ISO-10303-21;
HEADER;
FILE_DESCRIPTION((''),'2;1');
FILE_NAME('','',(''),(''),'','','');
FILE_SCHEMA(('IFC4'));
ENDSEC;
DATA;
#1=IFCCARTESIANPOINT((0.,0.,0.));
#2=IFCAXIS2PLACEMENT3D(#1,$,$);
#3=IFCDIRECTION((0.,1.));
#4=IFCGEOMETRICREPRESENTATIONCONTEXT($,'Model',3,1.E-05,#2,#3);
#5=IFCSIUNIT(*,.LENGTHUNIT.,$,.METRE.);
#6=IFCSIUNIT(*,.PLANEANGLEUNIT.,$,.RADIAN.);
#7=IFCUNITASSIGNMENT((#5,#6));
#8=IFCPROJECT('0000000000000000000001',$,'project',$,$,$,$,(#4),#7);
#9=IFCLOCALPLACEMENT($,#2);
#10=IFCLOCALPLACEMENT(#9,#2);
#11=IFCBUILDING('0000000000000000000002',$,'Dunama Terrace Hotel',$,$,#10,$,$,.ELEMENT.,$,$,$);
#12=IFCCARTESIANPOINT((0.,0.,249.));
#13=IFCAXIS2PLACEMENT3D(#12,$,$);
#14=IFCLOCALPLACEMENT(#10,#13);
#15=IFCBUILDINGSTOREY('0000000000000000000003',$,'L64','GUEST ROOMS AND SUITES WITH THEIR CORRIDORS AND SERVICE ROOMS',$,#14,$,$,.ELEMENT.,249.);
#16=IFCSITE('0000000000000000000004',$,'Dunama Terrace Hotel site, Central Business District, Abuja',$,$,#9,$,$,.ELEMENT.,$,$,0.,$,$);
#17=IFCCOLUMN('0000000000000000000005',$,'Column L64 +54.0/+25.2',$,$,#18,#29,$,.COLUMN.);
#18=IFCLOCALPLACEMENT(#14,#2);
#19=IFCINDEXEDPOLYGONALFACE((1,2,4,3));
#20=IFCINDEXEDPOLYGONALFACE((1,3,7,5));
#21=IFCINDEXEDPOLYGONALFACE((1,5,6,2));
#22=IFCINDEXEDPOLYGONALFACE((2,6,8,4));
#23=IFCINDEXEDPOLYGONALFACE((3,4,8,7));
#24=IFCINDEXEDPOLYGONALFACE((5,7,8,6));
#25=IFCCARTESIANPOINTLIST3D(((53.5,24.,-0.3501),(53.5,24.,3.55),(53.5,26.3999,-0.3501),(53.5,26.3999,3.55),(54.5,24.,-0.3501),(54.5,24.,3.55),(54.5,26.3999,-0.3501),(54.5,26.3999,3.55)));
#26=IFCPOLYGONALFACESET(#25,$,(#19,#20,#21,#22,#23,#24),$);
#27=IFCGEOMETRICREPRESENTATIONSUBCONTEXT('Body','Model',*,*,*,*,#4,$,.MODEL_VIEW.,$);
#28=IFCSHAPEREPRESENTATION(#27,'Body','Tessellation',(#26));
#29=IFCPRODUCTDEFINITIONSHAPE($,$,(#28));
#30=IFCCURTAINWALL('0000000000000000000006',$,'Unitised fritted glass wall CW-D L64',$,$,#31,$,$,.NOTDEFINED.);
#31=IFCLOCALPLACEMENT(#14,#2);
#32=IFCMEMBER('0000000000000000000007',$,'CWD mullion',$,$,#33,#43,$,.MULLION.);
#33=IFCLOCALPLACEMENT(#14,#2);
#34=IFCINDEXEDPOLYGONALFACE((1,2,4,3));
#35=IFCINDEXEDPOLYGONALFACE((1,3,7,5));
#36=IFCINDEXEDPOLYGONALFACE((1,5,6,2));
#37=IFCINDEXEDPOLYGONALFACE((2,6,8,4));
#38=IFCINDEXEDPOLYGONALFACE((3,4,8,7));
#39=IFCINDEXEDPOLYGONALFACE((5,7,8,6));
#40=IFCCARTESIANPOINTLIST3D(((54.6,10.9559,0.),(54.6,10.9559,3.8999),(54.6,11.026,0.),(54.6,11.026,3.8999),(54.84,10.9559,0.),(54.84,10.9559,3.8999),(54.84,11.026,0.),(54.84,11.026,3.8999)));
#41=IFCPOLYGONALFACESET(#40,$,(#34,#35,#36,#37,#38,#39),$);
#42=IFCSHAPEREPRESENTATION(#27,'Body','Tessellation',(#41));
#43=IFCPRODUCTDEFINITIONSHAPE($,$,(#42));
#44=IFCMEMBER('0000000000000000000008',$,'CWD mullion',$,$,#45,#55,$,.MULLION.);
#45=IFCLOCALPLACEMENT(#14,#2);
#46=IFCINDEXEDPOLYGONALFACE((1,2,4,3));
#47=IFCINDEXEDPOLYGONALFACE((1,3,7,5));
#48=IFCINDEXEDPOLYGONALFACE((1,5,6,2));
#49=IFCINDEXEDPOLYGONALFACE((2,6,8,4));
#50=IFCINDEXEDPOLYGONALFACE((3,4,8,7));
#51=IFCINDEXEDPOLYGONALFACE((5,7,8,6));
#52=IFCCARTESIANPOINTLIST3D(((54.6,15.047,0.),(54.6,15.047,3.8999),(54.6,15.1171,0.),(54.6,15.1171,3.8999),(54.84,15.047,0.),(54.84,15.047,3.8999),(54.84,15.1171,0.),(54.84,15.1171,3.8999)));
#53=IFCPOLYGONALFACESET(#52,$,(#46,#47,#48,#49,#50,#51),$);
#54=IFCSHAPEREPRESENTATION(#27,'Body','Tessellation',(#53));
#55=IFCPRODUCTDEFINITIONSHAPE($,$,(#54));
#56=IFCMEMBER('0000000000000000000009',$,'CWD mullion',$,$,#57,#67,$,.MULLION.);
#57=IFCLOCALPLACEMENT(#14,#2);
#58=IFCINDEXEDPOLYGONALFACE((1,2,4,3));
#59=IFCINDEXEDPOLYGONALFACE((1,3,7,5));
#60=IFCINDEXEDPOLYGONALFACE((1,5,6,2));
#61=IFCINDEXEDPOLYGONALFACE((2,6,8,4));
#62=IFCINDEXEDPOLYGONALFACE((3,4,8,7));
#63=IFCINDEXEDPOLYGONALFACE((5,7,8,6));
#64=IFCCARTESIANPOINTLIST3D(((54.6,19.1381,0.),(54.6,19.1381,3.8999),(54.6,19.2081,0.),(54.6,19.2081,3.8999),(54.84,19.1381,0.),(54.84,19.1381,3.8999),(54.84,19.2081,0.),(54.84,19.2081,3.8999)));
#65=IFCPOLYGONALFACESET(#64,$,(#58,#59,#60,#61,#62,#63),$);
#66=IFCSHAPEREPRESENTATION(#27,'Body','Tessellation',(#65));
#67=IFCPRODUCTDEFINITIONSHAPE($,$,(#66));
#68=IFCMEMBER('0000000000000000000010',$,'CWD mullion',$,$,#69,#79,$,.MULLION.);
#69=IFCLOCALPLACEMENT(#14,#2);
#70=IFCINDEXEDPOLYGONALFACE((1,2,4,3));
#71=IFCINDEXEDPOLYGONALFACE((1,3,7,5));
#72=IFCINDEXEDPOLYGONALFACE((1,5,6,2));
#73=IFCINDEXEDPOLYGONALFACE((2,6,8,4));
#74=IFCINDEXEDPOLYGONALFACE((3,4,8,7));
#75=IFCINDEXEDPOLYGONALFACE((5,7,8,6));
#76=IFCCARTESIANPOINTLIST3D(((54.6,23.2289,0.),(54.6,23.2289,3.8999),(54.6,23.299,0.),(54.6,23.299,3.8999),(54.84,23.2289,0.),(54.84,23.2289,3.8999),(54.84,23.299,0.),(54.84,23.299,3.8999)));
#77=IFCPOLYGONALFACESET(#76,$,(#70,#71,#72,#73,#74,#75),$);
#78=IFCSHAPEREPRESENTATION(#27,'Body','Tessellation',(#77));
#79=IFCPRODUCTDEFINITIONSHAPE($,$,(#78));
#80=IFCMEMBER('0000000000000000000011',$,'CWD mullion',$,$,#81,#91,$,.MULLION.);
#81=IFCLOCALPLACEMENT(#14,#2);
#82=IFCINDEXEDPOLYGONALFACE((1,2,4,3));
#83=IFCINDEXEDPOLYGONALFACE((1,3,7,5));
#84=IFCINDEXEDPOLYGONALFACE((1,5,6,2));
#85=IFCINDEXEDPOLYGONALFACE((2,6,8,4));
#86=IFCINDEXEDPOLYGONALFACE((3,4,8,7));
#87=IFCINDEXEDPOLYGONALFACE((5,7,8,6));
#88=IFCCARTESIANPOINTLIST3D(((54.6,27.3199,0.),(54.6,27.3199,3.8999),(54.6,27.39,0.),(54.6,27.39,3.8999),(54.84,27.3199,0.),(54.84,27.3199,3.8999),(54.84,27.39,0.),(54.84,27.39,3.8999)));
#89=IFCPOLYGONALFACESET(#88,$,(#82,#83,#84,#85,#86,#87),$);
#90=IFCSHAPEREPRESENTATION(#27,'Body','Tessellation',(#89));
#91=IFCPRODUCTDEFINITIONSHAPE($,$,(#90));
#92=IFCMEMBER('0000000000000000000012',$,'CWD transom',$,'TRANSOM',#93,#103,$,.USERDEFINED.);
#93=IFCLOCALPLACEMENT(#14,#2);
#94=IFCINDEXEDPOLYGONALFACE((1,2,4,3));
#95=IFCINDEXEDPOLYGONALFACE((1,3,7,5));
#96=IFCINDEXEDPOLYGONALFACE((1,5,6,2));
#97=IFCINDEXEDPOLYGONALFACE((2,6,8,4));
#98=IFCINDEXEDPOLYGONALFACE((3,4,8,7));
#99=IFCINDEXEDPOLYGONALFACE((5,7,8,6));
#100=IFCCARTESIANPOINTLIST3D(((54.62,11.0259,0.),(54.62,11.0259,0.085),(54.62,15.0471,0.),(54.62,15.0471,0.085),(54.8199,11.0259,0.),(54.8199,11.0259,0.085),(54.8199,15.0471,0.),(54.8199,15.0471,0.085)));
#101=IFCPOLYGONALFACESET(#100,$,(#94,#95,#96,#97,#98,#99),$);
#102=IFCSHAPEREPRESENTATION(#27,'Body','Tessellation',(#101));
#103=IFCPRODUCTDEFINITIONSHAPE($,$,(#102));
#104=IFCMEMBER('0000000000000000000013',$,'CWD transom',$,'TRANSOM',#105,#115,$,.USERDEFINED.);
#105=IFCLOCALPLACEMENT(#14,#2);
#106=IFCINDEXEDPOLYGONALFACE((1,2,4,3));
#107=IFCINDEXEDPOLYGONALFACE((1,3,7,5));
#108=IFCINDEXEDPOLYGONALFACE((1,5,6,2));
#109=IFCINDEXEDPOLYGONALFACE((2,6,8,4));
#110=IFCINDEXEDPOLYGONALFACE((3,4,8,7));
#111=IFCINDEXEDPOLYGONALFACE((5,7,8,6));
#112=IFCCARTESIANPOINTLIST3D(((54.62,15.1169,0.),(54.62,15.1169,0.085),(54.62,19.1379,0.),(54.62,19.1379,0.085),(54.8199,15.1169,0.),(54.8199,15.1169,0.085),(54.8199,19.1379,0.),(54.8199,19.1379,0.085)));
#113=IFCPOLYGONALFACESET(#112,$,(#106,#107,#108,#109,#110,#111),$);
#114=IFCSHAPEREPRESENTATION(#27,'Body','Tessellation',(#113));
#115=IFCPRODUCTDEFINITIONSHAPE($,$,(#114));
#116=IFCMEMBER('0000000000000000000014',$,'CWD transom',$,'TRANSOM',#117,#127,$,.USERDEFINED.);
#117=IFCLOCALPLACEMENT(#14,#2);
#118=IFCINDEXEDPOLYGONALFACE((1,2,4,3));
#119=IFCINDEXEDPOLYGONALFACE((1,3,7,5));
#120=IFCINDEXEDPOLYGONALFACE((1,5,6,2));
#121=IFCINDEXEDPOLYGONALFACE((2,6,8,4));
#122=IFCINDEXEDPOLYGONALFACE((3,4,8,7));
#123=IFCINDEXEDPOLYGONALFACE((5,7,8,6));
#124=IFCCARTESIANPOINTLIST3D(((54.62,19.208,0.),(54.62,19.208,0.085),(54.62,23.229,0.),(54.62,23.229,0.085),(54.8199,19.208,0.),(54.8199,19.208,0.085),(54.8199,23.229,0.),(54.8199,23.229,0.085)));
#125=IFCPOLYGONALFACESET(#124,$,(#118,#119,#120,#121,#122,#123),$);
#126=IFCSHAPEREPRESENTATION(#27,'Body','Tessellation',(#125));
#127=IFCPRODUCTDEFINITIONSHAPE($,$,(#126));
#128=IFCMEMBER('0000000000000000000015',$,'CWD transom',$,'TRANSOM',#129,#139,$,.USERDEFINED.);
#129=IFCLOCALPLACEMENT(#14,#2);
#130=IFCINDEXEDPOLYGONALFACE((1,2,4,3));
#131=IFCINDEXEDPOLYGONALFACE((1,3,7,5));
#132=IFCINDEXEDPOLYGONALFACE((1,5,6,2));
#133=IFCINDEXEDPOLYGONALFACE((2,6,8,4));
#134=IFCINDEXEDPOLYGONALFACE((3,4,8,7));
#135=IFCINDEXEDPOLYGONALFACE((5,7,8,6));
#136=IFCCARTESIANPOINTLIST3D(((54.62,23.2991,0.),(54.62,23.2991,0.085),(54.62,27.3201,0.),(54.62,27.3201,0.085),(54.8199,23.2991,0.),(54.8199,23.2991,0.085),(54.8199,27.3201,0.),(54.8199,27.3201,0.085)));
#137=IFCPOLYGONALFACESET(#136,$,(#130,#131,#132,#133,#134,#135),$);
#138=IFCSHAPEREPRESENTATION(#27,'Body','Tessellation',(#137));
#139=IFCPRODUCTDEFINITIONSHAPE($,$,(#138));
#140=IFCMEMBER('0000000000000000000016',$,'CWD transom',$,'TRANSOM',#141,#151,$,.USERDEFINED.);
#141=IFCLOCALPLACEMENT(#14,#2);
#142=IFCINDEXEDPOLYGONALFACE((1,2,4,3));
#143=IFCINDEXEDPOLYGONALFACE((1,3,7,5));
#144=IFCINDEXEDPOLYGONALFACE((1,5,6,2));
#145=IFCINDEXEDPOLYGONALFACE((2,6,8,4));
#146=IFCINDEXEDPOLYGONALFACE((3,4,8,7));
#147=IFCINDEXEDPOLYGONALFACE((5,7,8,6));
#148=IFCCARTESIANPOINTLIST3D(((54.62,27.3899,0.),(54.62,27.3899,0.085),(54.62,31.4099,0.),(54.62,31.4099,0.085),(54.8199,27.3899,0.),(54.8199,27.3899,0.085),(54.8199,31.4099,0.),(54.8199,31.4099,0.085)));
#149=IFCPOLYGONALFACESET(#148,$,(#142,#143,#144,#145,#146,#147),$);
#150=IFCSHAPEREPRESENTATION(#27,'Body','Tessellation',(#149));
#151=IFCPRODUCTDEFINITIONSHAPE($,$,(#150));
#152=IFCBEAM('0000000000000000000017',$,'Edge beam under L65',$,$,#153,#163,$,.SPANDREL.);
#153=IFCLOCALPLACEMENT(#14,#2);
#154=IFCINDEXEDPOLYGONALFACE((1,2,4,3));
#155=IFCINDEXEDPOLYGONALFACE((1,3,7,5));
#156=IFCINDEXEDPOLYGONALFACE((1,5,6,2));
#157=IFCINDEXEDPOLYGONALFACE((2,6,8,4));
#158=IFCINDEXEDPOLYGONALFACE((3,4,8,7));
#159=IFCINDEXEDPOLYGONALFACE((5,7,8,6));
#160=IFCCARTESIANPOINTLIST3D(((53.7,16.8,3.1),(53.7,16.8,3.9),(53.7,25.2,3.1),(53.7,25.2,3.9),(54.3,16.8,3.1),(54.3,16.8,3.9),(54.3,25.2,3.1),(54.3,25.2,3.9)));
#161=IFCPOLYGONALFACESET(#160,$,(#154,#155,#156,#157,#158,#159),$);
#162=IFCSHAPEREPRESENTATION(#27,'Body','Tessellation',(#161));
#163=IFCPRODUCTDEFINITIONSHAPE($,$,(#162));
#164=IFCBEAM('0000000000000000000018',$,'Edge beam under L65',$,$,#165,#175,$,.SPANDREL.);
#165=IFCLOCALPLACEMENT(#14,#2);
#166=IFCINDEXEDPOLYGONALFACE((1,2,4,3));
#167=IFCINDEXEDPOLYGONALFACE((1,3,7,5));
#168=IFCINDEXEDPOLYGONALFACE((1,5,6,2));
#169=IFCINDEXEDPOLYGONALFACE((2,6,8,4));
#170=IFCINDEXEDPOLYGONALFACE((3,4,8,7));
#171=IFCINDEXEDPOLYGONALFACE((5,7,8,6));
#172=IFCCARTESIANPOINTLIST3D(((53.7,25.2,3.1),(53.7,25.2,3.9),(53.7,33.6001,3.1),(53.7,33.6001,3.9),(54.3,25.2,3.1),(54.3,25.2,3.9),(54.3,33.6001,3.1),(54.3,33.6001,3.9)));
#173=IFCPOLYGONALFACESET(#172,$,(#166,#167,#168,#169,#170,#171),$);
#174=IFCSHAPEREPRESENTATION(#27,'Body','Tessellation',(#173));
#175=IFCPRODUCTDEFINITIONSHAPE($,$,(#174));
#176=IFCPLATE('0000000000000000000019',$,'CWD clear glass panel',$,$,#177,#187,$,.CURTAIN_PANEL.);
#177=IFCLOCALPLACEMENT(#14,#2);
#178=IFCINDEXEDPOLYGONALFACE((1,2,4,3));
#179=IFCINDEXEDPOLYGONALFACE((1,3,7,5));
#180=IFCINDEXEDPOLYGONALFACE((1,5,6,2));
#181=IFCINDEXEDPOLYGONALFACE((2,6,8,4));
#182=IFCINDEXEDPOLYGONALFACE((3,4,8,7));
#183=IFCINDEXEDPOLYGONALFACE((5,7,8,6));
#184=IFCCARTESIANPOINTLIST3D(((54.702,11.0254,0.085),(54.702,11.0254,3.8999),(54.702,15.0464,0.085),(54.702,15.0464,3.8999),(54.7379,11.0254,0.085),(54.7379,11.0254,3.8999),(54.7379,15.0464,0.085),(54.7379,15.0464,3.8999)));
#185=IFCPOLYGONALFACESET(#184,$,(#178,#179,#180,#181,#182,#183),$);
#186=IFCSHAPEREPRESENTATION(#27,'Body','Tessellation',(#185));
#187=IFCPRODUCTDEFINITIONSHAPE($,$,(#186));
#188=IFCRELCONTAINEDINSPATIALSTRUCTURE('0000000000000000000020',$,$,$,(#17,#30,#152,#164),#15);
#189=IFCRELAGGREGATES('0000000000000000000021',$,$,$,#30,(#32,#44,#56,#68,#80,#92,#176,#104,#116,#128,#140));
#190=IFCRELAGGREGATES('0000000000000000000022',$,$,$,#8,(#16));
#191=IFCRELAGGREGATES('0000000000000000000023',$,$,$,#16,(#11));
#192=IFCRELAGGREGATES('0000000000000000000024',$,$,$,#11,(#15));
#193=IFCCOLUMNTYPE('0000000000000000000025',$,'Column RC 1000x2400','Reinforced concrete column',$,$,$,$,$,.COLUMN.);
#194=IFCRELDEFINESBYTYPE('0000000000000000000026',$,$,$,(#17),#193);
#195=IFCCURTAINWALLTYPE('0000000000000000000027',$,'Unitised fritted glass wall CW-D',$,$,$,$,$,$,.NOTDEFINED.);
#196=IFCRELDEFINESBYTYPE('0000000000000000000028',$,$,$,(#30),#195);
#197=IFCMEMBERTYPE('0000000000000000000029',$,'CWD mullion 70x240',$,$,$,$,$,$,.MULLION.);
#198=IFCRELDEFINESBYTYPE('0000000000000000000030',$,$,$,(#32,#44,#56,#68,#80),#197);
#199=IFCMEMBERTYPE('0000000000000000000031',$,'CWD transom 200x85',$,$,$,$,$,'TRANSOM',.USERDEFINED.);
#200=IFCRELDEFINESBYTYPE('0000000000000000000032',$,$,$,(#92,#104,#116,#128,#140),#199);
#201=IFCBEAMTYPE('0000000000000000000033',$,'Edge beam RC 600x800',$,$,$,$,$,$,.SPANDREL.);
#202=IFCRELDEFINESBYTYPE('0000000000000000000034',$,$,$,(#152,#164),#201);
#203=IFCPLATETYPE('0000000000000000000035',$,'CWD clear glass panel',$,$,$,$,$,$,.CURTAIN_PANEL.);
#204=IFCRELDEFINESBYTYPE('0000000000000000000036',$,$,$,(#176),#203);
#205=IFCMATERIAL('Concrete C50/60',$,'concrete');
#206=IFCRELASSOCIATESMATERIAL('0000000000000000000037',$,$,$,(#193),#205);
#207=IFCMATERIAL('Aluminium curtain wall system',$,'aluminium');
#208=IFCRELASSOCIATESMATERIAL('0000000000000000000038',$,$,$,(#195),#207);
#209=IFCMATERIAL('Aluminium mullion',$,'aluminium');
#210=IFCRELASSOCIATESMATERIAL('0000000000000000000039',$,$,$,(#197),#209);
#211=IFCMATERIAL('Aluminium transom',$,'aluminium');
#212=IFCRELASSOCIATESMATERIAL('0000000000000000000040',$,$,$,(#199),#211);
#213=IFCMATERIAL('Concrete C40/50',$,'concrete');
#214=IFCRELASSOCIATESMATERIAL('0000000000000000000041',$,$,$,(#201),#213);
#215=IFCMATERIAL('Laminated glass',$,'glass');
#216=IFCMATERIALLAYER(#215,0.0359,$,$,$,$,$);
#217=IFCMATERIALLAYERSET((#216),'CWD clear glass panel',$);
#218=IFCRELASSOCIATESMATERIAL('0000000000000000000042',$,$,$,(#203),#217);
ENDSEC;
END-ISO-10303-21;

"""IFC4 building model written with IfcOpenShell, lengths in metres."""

from ifc_helpers import new_model, si_unit, direction, frame, origin, origin_2d, place, context, subcontext, project, spatial, rectangle, extrude, material, layer, layer_set, material_profile, profile_set, type_object, element, aggregate, save


model = new_model("IFC4")

# Units and contexts
model_context = context("Model", 3, precision=1e-05, world=origin(), true_north=direction((0.0, 1.0)))
body_context = subcontext(model_context, "Body", "Model", "MODEL_VIEW")
ifc_project = project(units=[si_unit("LENGTHUNIT", "METRE"), si_unit("PLANEANGLEUNIT", "RADIAN")], contexts=[model_context])

# Site, building, storey
site_placement = place(None, origin())
site = spatial("IfcSite", under=ifc_project, at=site_placement, Name="Dunama Terrace Hotel site, Central Business District, Abuja", CompositionType="ELEMENT", RefElevation=0.0)
building_placement = place(site_placement, origin())
building = spatial("IfcBuilding", under=site, at=building_placement, Name="Dunama Terrace Hotel", CompositionType="ELEMENT")
storey_placement = place(building_placement, frame((0.0, 0.0, 249.0)))
storey = spatial("IfcBuildingStorey", under=building, at=storey_placement, Name="L64", Description="GUEST ROOMS AND SUITES WITH THEIR CORRIDORS AND SERVICE ROOMS", CompositionType="ELEMENT", Elevation=249.0)

# Column
ifc_material_1 = material(Name="Concrete C50/60", Category="concrete")
ifc_material_profile_1 = material_profile(ifc_material_1, rectangle(XDim=1.0, YDim=2.3999, at=origin_2d()), Name="RC 1000x2400")
ifc_profile_set_1 = profile_set([ifc_material_profile_1], Name="Concrete C50/60")
column_type = type_object("IfcColumnType", Name="Column RC 1000x2400", Description="Reinforced concrete column", PredefinedType="COLUMN", material=ifc_profile_set_1)
column_placement = place(storey_placement, frame((54.0, 25.2, -0.3501), z_axis=(0.0, 0.0, 1.0), x_axis=(1.0, 0.0, 0.0)))
element("IfcColumn", 1, at=column_placement, inside=storey, type_object=column_type, Name="Column L64 +54.0/+25.2", PredefinedType="COLUMN", context=body_context, shape_type="SweptSolid", body=[
    extrude(rectangle(XDim=1.0, YDim=2.3999, at=origin_2d()), origin(), (0.0, 0.0, 1.0), 3.9001),
])

# Curtain wall, members
ifc_material_2 = material(Name="Aluminium curtain wall system", Category="aluminium")
curtain_wall_type = type_object("IfcCurtainWallType", Name="Unitised fritted glass wall CW-D", PredefinedType="NOTDEFINED", material=ifc_material_2)
curtain_wall_placement = place(storey_placement, origin())
curtain_wall = element("IfcCurtainWall", 2, at=curtain_wall_placement, inside=storey, type_object=curtain_wall_type, Name="Unitised fritted glass wall CW-D L64", PredefinedType="NOTDEFINED")
ifc_material_3 = material(Name="Aluminium mullion", Category="aluminium")
ifc_material_profile_2 = material_profile(ifc_material_3, rectangle(XDim=0.0701, YDim=0.24, at=origin_2d()), Name="CWD MULLION 70X240")
ifc_profile_set_2 = profile_set([ifc_material_profile_2], Name="Aluminium mullion")
member_type_1 = type_object("IfcMemberType", Name="CWD mullion 70x240", PredefinedType="MULLION", material=ifc_profile_set_2)
member_1_placement = place(storey_placement, frame((54.72, 10.991, 0.0), z_axis=(0.0, 0.0, 1.0), x_axis=(0.0, 1.0, 0.0)))
member_1 = element("IfcMember", 3, at=member_1_placement, type_object=member_type_1, Name="CWD mullion", PredefinedType="MULLION", context=body_context, shape_type="SweptSolid", body=[
    extrude(rectangle(XDim=0.0701, YDim=0.24, at=origin_2d()), origin(), (0.0, 0.0, 1.0), 3.8999),
])
member_2_placement = place(storey_placement, frame((54.72, 15.082, 0.0), z_axis=(0.0, 0.0, 1.0), x_axis=(0.0, 1.0, 0.0)))
member_2 = element("IfcMember", 4, at=member_2_placement, type_object=member_type_1, Name="CWD mullion", PredefinedType="MULLION", context=body_context, shape_type="SweptSolid", body=[
    extrude(rectangle(XDim=0.0701, YDim=0.24, at=origin_2d()), origin(), (0.0, 0.0, 1.0), 3.8999),
])
member_3_placement = place(storey_placement, frame((54.72, 19.1731, 0.0), z_axis=(0.0, 0.0, 1.0), x_axis=(0.0, 1.0, 0.0)))
member_3 = element("IfcMember", 5, at=member_3_placement, type_object=member_type_1, Name="CWD mullion", PredefinedType="MULLION", context=body_context, shape_type="SweptSolid", body=[
    extrude(rectangle(XDim=0.0701, YDim=0.24, at=origin_2d()), origin(), (0.0, 0.0, 1.0), 3.8999),
])
member_4_placement = place(storey_placement, frame((54.72, 23.2639, 0.0), z_axis=(0.0, 0.0, 1.0), x_axis=(0.0, 1.0, 0.0)))
member_4 = element("IfcMember", 6, at=member_4_placement, type_object=member_type_1, Name="CWD mullion", PredefinedType="MULLION", context=body_context, shape_type="SweptSolid", body=[
    extrude(rectangle(XDim=0.0701, YDim=0.24, at=origin_2d()), origin(), (0.0, 0.0, 1.0), 3.8999),
])
member_5_placement = place(storey_placement, frame((54.72, 27.355, 0.0), z_axis=(0.0, 0.0, 1.0), x_axis=(0.0, 1.0, 0.0)))
member_5 = element("IfcMember", 7, at=member_5_placement, type_object=member_type_1, Name="CWD mullion", PredefinedType="MULLION", context=body_context, shape_type="SweptSolid", body=[
    extrude(rectangle(XDim=0.0701, YDim=0.24, at=origin_2d()), origin(), (0.0, 0.0, 1.0), 3.8999),
])
ifc_material_4 = material(Name="Aluminium transom", Category="aluminium")
ifc_material_profile_3 = material_profile(ifc_material_4, rectangle(XDim=0.2, YDim=0.085, at=origin_2d()), Name="CWD TRANSOM 200X85")
ifc_profile_set_3 = profile_set([ifc_material_profile_3], Name="Aluminium transom")
member_type_2 = type_object("IfcMemberType", Name="CWD transom 200x85", ElementType="TRANSOM", PredefinedType="USERDEFINED", material=ifc_profile_set_3)
member_6_placement = place(storey_placement, frame((54.72, 11.0259, 0.0425), z_axis=(0.0, 1.0, 0.0), x_axis=(-1.0, 0.0, 0.0)))
member_6 = element("IfcMember", 8, at=member_6_placement, type_object=member_type_2, Name="CWD transom", ObjectType="TRANSOM", PredefinedType="USERDEFINED", context=body_context, shape_type="SweptSolid", body=[
    extrude(rectangle(XDim=0.2, YDim=0.085, at=origin_2d()), origin(), (0.0, 0.0, 1.0), 4.0212),
])
member_7_placement = place(storey_placement, frame((54.72, 15.1169, 0.0425), z_axis=(0.0, 1.0, 0.0), x_axis=(-1.0, 0.0, 0.0)))
member_7 = element("IfcMember", 9, at=member_7_placement, type_object=member_type_2, Name="CWD transom", ObjectType="TRANSOM", PredefinedType="USERDEFINED", context=body_context, shape_type="SweptSolid", body=[
    extrude(rectangle(XDim=0.2, YDim=0.085, at=origin_2d()), origin(), (0.0, 0.0, 1.0), 4.021),
])
member_8_placement = place(storey_placement, frame((54.72, 19.208, 0.0425), z_axis=(0.0, 1.0, 0.0), x_axis=(-1.0, 0.0, 0.0)))
member_8 = element("IfcMember", 10, at=member_8_placement, type_object=member_type_2, Name="CWD transom", ObjectType="TRANSOM", PredefinedType="USERDEFINED", context=body_context, shape_type="SweptSolid", body=[
    extrude(rectangle(XDim=0.2, YDim=0.085, at=origin_2d()), origin(), (0.0, 0.0, 1.0), 4.021),
])
member_9_placement = place(storey_placement, frame((54.72, 23.2991, 0.0425), z_axis=(0.0, 1.0, 0.0), x_axis=(-1.0, 0.0, 0.0)))
member_9 = element("IfcMember", 11, at=member_9_placement, type_object=member_type_2, Name="CWD transom", ObjectType="TRANSOM", PredefinedType="USERDEFINED", context=body_context, shape_type="SweptSolid", body=[
    extrude(rectangle(XDim=0.2, YDim=0.085, at=origin_2d()), origin(), (0.0, 0.0, 1.0), 4.021),
])
member_10_placement = place(storey_placement, frame((54.72, 27.3899, 0.0425), z_axis=(0.0, 1.0, 0.0), x_axis=(-1.0, 0.0, 0.0)))
member_10 = element("IfcMember", 12, at=member_10_placement, type_object=member_type_2, Name="CWD transom", ObjectType="TRANSOM", PredefinedType="USERDEFINED", context=body_context, shape_type="SweptSolid", body=[
    extrude(rectangle(XDim=0.2, YDim=0.085, at=origin_2d()), origin(), (0.0, 0.0, 1.0), 4.02),
])

# Beams
ifc_material_5 = material(Name="Concrete C40/50", Category="concrete")
ifc_material_profile_4 = material_profile(ifc_material_5, rectangle(XDim=0.6001, YDim=0.8, at=origin_2d()), Name="RC 600x800")
ifc_profile_set_4 = profile_set([ifc_material_profile_4], Name="Concrete C40/50")
beam_type = type_object("IfcBeamType", Name="Edge beam RC 600x800", PredefinedType="SPANDREL", material=ifc_profile_set_4)
beam_1_placement = place(storey_placement, frame((54.0, 16.8, 3.5), z_axis=(0.0, 1.0, 0.0), x_axis=(-1.0, 0.0, 0.0)))
element("IfcBeam", 13, at=beam_1_placement, inside=storey, type_object=beam_type, Name="Edge beam under L65", PredefinedType="SPANDREL", context=body_context, shape_type="SweptSolid", body=[
    extrude(rectangle(XDim=0.6001, YDim=0.8, at=origin_2d()), origin(), (0.0, 0.0, 1.0), 8.3999),
])
beam_2_placement = place(storey_placement, frame((54.0, 25.2, 3.5), z_axis=(0.0, 1.0, 0.0), x_axis=(-1.0, 0.0, 0.0)))
element("IfcBeam", 14, at=beam_2_placement, inside=storey, type_object=beam_type, Name="Edge beam under L65", PredefinedType="SPANDREL", context=body_context, shape_type="SweptSolid", body=[
    extrude(rectangle(XDim=0.6001, YDim=0.8, at=origin_2d()), origin(), (0.0, 0.0, 1.0), 8.4001),
])

# Plate
ifc_material_6 = material(Name="Laminated glass", Category="glass")
ifc_layer_1 = layer(ifc_material_6, 0.0359)
ifc_layer_set_1 = layer_set([ifc_layer_1], Name="CWD clear glass panel")
plate_type_1 = type_object("IfcPlateType", Name="CWD clear glass panel", PredefinedType="CURTAIN_PANEL", material=ifc_layer_set_1)
plate_1_placement = place(storey_placement, frame((54.72, 13.0359, 0.085), z_axis=(0.0, 0.0, 1.0), x_axis=(0.0, 1.0, 0.0)))
plate_1 = element("IfcPlate", 15, at=plate_1_placement, type_object=plate_type_1, Name="CWD clear glass panel", PredefinedType="CURTAIN_PANEL", context=body_context, shape_type="SweptSolid", body=[
    extrude(rectangle(XDim=4.021, YDim=0.0359, at=origin_2d()), origin(), (0.0, 0.0, 1.0), 3.8149),
])
aggregate(curtain_wall, [member_1, member_2, member_3, member_4, member_5, member_6, plate_1, member_7, member_8, member_9, member_10])

save(model, "model.ifc")
